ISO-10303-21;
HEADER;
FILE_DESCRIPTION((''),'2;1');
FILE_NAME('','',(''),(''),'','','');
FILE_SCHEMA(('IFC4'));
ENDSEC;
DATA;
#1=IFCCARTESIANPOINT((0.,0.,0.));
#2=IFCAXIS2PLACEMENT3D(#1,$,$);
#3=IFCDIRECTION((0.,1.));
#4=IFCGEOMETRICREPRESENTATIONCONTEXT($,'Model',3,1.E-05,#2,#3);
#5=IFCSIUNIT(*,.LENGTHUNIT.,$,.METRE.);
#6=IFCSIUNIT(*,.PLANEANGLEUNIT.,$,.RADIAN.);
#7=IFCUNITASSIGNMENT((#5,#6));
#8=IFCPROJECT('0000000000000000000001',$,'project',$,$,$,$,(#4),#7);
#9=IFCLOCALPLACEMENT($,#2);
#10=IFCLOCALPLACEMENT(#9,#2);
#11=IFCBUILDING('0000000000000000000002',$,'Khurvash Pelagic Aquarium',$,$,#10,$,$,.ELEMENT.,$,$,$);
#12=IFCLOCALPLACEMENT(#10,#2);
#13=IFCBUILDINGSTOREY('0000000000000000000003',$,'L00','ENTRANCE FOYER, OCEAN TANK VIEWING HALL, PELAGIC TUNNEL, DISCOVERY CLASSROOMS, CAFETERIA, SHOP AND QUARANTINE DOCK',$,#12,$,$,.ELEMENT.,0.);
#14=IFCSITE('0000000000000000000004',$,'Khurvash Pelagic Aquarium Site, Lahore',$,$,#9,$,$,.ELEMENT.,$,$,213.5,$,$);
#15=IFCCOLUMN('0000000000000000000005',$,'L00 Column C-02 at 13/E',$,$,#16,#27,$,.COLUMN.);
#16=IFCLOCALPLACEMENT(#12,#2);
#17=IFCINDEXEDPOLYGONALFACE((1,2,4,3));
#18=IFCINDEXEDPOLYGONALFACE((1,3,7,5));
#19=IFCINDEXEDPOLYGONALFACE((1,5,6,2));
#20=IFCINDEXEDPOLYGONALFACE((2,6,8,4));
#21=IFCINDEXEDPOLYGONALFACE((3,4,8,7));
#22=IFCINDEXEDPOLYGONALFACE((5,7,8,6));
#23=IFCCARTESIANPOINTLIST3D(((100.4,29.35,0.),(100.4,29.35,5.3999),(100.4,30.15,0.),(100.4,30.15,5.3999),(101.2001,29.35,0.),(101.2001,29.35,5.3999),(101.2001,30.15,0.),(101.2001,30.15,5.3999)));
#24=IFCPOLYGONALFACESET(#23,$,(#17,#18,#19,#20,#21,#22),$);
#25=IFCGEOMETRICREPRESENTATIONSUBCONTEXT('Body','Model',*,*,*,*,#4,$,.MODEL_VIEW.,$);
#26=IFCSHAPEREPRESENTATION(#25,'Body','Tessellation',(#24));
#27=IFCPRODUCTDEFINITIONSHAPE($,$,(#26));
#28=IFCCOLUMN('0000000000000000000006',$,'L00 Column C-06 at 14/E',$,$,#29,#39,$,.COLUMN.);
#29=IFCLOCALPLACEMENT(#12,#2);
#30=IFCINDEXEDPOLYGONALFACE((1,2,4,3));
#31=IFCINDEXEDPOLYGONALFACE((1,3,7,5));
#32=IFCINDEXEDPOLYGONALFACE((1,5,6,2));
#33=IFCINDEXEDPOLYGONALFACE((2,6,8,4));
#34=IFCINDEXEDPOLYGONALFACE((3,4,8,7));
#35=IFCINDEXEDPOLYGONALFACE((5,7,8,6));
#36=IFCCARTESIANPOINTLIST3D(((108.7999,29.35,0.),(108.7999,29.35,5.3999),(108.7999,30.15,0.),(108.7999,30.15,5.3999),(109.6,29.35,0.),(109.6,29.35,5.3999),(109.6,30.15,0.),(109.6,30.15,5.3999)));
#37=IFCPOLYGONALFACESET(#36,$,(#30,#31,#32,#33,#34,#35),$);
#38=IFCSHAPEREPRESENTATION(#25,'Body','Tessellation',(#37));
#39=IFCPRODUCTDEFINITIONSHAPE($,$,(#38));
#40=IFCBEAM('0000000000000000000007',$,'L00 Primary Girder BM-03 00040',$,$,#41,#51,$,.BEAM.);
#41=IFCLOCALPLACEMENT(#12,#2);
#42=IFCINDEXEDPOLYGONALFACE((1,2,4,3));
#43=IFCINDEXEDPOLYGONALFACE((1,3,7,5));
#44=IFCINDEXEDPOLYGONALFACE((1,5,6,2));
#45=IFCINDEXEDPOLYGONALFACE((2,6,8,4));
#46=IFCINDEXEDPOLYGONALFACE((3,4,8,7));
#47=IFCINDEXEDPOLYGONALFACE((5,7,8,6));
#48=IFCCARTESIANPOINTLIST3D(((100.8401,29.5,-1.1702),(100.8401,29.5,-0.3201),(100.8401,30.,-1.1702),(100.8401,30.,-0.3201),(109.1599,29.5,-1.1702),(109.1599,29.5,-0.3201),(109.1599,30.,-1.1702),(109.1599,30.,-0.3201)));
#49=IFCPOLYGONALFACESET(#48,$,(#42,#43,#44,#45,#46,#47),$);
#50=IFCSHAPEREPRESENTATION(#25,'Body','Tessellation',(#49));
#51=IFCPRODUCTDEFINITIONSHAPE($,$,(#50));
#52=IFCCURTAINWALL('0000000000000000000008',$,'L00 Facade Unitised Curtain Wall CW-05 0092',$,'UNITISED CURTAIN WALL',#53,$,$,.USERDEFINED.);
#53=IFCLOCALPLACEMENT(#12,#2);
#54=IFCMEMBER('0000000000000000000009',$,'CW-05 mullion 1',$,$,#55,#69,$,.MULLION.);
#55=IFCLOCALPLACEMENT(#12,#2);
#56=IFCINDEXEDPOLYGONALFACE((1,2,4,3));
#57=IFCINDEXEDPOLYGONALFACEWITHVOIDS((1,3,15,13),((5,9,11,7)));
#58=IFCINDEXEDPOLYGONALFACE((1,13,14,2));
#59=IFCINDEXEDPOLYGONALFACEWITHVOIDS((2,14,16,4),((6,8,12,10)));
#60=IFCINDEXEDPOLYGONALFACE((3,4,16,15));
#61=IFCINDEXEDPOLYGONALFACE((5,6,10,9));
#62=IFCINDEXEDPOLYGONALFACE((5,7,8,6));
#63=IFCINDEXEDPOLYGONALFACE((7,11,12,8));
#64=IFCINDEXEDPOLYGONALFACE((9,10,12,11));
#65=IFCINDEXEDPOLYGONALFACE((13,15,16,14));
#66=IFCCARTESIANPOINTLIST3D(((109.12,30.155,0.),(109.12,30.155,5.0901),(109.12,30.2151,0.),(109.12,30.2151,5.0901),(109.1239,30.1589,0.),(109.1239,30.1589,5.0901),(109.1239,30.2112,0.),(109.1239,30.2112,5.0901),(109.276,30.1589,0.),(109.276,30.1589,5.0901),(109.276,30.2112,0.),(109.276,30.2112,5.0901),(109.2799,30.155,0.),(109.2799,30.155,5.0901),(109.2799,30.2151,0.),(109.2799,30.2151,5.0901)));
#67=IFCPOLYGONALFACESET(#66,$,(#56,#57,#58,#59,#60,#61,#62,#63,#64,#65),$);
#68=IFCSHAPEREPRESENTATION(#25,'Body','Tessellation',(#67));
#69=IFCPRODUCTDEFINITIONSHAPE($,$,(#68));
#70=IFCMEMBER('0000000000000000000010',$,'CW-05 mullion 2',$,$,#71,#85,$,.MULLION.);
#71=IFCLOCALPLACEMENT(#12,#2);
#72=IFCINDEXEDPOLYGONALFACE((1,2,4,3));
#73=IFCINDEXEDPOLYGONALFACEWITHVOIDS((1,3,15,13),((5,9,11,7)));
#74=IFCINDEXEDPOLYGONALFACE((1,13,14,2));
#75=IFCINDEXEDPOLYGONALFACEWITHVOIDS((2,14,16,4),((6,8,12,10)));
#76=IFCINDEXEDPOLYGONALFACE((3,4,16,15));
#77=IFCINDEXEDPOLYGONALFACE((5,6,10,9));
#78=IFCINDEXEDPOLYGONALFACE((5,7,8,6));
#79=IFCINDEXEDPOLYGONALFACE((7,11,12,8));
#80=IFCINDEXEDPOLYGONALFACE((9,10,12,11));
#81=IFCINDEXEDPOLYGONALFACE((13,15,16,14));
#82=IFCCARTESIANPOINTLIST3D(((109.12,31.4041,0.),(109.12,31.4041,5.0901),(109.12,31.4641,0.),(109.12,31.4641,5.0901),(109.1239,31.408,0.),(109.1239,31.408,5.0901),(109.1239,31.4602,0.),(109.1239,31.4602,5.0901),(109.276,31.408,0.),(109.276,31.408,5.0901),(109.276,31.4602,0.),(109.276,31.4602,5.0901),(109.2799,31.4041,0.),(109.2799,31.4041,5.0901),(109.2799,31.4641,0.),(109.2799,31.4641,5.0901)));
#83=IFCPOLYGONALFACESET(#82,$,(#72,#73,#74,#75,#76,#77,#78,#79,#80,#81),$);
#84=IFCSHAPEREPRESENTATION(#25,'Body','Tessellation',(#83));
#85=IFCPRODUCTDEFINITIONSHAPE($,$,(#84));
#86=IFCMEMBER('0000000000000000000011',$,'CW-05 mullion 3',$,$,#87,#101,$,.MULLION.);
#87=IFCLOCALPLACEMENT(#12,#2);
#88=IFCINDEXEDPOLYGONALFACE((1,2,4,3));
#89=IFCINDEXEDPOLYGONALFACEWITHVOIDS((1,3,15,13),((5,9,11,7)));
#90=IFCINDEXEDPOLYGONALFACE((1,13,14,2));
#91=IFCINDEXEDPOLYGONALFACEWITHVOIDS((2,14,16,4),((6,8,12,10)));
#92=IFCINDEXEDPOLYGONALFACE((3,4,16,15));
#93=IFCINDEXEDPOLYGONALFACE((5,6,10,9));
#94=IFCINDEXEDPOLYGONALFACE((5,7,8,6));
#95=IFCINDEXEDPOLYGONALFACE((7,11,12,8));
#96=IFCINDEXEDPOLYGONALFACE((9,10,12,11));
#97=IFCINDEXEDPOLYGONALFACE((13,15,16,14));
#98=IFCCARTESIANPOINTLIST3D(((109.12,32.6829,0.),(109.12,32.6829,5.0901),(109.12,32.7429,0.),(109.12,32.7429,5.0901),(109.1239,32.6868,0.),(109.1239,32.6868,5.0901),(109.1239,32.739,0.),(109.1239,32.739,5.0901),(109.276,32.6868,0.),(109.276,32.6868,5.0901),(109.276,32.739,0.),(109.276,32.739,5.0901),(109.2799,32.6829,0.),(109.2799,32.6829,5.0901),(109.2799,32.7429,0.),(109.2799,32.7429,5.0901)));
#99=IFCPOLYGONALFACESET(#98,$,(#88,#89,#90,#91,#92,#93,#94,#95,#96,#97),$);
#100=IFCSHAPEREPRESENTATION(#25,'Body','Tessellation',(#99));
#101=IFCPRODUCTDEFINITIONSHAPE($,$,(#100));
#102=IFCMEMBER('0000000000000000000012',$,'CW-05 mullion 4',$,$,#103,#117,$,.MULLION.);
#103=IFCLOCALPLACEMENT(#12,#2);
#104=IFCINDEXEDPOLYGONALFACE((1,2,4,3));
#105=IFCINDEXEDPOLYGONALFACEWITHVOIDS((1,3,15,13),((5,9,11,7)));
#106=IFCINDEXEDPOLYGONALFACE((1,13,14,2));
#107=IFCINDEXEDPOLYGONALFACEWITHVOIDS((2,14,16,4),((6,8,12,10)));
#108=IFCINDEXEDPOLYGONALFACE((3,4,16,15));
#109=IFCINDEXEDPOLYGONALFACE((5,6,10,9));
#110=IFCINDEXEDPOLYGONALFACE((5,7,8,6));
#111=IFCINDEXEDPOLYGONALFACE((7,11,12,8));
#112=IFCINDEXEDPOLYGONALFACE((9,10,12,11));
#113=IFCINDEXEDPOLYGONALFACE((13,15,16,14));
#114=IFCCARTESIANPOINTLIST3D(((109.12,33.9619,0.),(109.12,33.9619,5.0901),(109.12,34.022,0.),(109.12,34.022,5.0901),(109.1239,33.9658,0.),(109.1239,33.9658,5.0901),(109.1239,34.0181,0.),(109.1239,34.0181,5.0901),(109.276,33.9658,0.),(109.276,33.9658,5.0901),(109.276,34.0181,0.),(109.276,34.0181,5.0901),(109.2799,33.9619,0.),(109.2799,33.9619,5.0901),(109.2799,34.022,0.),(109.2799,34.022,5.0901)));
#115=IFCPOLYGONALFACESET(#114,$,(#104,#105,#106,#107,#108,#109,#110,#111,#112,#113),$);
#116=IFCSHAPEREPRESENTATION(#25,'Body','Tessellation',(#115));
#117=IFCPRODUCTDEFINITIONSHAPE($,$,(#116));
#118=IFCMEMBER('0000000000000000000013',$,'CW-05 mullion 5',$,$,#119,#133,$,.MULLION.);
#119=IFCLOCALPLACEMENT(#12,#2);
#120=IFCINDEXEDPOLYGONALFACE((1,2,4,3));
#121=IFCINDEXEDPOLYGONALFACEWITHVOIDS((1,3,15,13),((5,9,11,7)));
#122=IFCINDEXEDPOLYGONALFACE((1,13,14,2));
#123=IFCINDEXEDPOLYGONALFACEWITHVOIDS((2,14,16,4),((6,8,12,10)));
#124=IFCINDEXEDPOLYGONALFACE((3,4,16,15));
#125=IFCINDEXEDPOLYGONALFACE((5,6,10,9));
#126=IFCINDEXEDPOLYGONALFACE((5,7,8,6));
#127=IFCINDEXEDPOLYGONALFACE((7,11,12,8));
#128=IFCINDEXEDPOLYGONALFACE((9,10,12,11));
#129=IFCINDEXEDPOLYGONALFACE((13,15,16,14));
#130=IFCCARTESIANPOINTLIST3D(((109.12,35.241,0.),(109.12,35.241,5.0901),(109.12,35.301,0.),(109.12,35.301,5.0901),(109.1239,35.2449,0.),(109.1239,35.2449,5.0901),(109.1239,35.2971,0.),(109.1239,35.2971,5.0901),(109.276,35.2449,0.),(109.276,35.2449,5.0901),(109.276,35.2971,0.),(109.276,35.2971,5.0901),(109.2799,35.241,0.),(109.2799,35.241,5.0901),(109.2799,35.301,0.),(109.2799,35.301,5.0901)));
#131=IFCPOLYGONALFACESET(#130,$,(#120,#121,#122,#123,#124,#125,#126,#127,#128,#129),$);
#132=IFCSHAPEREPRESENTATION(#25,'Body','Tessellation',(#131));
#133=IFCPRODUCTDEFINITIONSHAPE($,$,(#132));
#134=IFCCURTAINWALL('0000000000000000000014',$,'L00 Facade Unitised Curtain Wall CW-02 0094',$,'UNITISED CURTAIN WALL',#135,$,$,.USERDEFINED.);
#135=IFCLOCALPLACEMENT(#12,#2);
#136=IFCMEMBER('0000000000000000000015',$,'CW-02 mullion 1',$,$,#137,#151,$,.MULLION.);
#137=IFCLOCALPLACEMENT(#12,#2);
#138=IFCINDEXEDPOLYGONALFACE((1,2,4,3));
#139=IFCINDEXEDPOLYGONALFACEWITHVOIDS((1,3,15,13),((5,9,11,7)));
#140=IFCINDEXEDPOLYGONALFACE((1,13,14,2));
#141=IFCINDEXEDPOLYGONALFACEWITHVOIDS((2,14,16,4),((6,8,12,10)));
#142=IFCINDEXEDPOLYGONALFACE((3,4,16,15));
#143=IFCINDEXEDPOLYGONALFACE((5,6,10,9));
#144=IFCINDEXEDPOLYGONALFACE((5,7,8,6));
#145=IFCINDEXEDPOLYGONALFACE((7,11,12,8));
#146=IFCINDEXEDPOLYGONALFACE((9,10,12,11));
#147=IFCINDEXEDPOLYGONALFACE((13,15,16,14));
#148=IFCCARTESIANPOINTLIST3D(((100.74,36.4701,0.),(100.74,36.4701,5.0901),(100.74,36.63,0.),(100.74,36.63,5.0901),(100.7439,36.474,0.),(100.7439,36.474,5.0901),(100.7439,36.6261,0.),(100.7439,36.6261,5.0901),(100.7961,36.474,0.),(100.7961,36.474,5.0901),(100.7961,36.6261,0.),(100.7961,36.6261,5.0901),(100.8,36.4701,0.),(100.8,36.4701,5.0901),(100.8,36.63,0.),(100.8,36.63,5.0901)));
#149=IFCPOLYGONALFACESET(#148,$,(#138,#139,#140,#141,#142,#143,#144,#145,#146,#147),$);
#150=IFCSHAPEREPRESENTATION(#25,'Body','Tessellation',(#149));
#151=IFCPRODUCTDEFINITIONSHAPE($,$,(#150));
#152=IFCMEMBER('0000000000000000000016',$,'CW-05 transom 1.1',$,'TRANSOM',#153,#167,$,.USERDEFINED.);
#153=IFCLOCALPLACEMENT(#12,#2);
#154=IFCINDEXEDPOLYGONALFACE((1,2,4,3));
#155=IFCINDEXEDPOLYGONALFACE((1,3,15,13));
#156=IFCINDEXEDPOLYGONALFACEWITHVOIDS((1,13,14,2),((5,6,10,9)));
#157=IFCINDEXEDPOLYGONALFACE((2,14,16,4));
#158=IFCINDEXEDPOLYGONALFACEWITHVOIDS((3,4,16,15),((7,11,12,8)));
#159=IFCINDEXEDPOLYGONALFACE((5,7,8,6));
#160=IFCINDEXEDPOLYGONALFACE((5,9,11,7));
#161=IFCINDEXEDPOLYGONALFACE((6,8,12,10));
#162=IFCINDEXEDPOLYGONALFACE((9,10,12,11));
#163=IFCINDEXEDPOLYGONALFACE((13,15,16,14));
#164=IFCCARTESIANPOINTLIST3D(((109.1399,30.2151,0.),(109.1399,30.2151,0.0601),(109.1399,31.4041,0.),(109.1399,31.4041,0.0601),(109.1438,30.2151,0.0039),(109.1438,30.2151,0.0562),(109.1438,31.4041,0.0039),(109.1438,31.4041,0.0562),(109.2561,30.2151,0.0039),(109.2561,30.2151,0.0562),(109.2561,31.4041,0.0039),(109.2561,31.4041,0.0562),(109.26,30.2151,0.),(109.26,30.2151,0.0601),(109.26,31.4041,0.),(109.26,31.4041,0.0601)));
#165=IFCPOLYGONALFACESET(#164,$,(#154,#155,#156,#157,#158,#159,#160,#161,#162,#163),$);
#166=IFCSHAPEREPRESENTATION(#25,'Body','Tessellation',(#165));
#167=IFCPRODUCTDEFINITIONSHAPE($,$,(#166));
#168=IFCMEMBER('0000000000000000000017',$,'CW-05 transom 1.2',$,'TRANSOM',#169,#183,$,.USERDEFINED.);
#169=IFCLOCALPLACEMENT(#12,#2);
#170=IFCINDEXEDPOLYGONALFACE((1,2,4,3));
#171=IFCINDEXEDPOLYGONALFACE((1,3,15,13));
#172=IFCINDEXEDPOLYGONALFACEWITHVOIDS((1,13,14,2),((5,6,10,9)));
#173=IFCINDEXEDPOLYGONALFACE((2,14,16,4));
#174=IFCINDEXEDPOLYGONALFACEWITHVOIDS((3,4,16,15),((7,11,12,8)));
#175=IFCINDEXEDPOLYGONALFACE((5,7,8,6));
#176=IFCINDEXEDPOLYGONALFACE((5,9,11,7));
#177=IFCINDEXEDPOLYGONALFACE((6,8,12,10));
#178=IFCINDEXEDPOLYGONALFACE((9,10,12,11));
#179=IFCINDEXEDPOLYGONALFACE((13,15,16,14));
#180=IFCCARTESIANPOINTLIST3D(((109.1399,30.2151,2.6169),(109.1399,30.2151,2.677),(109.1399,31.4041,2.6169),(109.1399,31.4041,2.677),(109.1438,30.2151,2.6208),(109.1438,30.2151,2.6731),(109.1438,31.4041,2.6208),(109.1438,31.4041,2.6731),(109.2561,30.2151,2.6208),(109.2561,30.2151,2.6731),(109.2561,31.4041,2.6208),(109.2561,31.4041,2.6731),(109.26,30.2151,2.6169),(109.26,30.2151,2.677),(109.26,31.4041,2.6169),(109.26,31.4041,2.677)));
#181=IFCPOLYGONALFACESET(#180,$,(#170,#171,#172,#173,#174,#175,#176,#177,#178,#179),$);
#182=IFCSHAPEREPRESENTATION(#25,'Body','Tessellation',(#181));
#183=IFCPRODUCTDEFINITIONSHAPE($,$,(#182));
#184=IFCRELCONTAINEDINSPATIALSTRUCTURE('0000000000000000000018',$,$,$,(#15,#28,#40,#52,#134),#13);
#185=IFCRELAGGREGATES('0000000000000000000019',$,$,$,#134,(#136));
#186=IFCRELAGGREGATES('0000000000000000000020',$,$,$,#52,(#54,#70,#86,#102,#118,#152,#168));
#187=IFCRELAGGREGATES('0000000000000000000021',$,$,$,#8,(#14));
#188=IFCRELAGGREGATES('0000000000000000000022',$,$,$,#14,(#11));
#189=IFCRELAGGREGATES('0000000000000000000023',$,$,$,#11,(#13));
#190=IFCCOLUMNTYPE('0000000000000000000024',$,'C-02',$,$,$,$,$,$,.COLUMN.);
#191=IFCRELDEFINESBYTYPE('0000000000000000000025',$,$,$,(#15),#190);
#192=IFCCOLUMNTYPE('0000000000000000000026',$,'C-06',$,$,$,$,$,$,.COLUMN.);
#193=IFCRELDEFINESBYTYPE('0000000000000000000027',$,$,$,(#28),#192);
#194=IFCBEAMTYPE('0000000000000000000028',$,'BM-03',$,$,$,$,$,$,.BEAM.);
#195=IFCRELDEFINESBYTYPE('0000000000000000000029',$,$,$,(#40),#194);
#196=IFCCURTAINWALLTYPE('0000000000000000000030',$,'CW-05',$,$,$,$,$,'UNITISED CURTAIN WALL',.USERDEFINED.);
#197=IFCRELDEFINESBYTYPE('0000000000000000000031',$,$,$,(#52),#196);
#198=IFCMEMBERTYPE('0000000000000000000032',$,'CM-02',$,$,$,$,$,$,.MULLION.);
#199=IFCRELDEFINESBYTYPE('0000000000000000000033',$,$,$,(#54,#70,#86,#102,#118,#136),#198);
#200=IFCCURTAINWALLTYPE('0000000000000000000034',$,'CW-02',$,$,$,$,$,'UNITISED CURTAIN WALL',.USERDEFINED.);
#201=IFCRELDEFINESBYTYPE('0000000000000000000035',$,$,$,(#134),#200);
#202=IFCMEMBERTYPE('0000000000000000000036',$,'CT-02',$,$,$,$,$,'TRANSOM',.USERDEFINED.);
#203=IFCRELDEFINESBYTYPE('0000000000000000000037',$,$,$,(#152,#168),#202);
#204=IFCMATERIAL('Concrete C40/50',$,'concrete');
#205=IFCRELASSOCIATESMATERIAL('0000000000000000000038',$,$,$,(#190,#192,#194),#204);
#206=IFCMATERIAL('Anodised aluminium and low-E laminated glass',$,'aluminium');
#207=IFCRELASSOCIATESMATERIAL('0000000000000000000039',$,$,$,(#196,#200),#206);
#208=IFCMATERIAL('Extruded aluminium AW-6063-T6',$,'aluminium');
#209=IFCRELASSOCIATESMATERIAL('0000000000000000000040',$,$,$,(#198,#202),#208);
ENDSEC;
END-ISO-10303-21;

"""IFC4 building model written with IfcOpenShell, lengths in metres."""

from ifc_helpers import new_model, si_unit, direction, frame, origin, origin_2d, place, context, subcontext, project, spatial, rectangle, hollow_rectangle, extrude, material, material_profile, profile_set, type_object, element, aggregate, save


model = new_model("IFC4")

# Units and contexts
model_context = context("Model", 3, precision=1e-05, world=origin(), true_north=direction((0.0, 1.0)))
body_context = subcontext(model_context, "Body", "Model", "MODEL_VIEW")
ifc_project = project(units=[si_unit("LENGTHUNIT", "METRE"), si_unit("PLANEANGLEUNIT", "RADIAN")], contexts=[model_context])

# Site, building, storey
site_placement = place(None, origin())
site = spatial("IfcSite", under=ifc_project, at=site_placement, Name="Khurvash Pelagic Aquarium Site, Lahore", CompositionType="ELEMENT", RefElevation=213.5)
building_placement = place(site_placement, origin())
building = spatial("IfcBuilding", under=site, at=building_placement, Name="Khurvash Pelagic Aquarium", CompositionType="ELEMENT")
storey_placement = place(building_placement, origin())
storey = spatial("IfcBuildingStorey", under=building, at=storey_placement, Name="L00", Description="ENTRANCE FOYER, OCEAN TANK VIEWING HALL, PELAGIC TUNNEL, DISCOVERY CLASSROOMS, CAFETERIA, SHOP AND QUARANTINE DOCK", CompositionType="ELEMENT", Elevation=0.0)

# Columns
ifc_material_1 = material(Name="Concrete C40/50", Category="concrete")
ifc_material_profile_1 = material_profile(ifc_material_1, rectangle(XDim=0.8, YDim=0.8, at=origin_2d()), Name="RC800X800")
ifc_profile_set_1 = profile_set([ifc_material_profile_1], Name="Concrete C40/50")
column_type_1 = type_object("IfcColumnType", Name="C-02", PredefinedType="COLUMN", material=ifc_profile_set_1)
column_1_placement = place(storey_placement, frame((100.8, 29.75, 0.0), z_axis=(0.0, 0.0, 1.0), x_axis=(1.0, 0.0, 0.0)))
element("IfcColumn", 1, at=column_1_placement, inside=storey, type_object=column_type_1, Name="L00 Column C-02 at 13/E", PredefinedType="COLUMN", context=body_context, shape_type="SweptSolid", body=[
    extrude(rectangle(XDim=0.8, YDim=0.8, at=origin_2d()), origin(), (0.0, 0.0, 1.0), 5.3999),
])
ifc_material_profile_2 = material_profile(ifc_material_1, rectangle(XDim=0.8, YDim=0.8, at=origin_2d()), Name="RC800X800")
ifc_profile_set_2 = profile_set([ifc_material_profile_2], Name="Concrete C40/50")
column_type_2 = type_object("IfcColumnType", Name="C-06", PredefinedType="COLUMN", material=ifc_profile_set_2)
column_2_placement = place(storey_placement, frame((109.2, 29.75, 0.0), z_axis=(0.0, 0.0, 1.0), x_axis=(1.0, 0.0, 0.0)))
element("IfcColumn", 2, at=column_2_placement, inside=storey, type_object=column_type_2, Name="L00 Column C-06 at 14/E", PredefinedType="COLUMN", context=body_context, shape_type="SweptSolid", body=[
    extrude(rectangle(XDim=0.8, YDim=0.8, at=origin_2d()), origin(), (0.0, 0.0, 1.0), 5.3999),
])

# Beam
ifc_material_profile_3 = material_profile(ifc_material_1, rectangle(XDim=0.5, YDim=0.8501, at=origin_2d()), Name="RC500X850")
ifc_profile_set_3 = profile_set([ifc_material_profile_3], Name="Concrete C40/50")
beam_type_1 = type_object("IfcBeamType", Name="BM-03", PredefinedType="BEAM", material=ifc_profile_set_3)
beam_placement = place(storey_placement, frame((100.8401, 29.75, -0.7451), z_axis=(1.0, 0.0, 0.0), x_axis=(0.0, 1.0, 0.0)))
element("IfcBeam", 3, at=beam_placement, inside=storey, type_object=beam_type_1, Name="L00 Primary Girder BM-03 00040", PredefinedType="BEAM", context=body_context, shape_type="SweptSolid", body=[
    extrude(rectangle(XDim=0.5, YDim=0.8501, at=origin_2d()), origin(), (0.0, 0.0, 1.0), 8.3198),
])

# Curtain wall, members
ifc_material_2 = material(Name="Anodised aluminium and low-E laminated glass", Category="aluminium")
curtain_wall_type_1 = type_object("IfcCurtainWallType", Name="CW-05", ElementType="UNITISED CURTAIN WALL", PredefinedType="USERDEFINED", material=ifc_material_2)
curtain_wall_1_placement = place(storey_placement, origin())
curtain_wall_1 = element("IfcCurtainWall", 4, at=curtain_wall_1_placement, inside=storey, type_object=curtain_wall_type_1, Name="L00 Facade Unitised Curtain Wall CW-05 0092", ObjectType="UNITISED CURTAIN WALL", PredefinedType="USERDEFINED")
ifc_material_3 = material(Name="Extruded aluminium AW-6063-T6", Category="aluminium")
ifc_material_profile_4 = material_profile(ifc_material_3, hollow_rectangle(XDim=0.0601, YDim=0.1599, WallThickness=0.0039, at=origin_2d()), Name="CWM60X160X4")
ifc_profile_set_4 = profile_set([ifc_material_profile_4], Name="Extruded aluminium AW-6063-T6")
member_type_1 = type_object("IfcMemberType", Name="CM-02", PredefinedType="MULLION", material=ifc_profile_set_4)
member_1_placement = place(storey_placement, frame((109.2, 30.1851, 0.0), z_axis=(0.0, 0.0, 1.0), x_axis=(0.0, 1.0, 0.0)))
member_1 = element("IfcMember", 5, at=member_1_placement, type_object=member_type_1, Name="CW-05 mullion 1", PredefinedType="MULLION", context=body_context, shape_type="SweptSolid", body=[
    extrude(hollow_rectangle(XDim=0.0601, YDim=0.1599, WallThickness=0.0039, at=origin_2d()), origin(), (0.0, 0.0, 1.0), 5.0901),
])
member_2_placement = place(storey_placement, frame((109.2, 31.4341, 0.0), z_axis=(0.0, 0.0, 1.0), x_axis=(0.0, 1.0, 0.0)))
member_2 = element("IfcMember", 6, at=member_2_placement, type_object=member_type_1, Name="CW-05 mullion 2", PredefinedType="MULLION", context=body_context, shape_type="SweptSolid", body=[
    extrude(hollow_rectangle(XDim=0.0601, YDim=0.1599, WallThickness=0.0039, at=origin_2d()), origin(), (0.0, 0.0, 1.0), 5.0901),
])
member_3_placement = place(storey_placement, frame((109.2, 32.7129, 0.0), z_axis=(0.0, 0.0, 1.0), x_axis=(0.0, 1.0, 0.0)))
member_3 = element("IfcMember", 7, at=member_3_placement, type_object=member_type_1, Name="CW-05 mullion 3", PredefinedType="MULLION", context=body_context, shape_type="SweptSolid", body=[
    extrude(hollow_rectangle(XDim=0.0601, YDim=0.1599, WallThickness=0.0039, at=origin_2d()), origin(), (0.0, 0.0, 1.0), 5.0901),
])
member_4_placement = place(storey_placement, frame((109.2, 33.9919, 0.0), z_axis=(0.0, 0.0, 1.0), x_axis=(0.0, 1.0, 0.0)))
member_4 = element("IfcMember", 8, at=member_4_placement, type_object=member_type_1, Name="CW-05 mullion 4", PredefinedType="MULLION", context=body_context, shape_type="SweptSolid", body=[
    extrude(hollow_rectangle(XDim=0.0601, YDim=0.1599, WallThickness=0.0039, at=origin_2d()), origin(), (0.0, 0.0, 1.0), 5.0901),
])
member_5_placement = place(storey_placement, frame((109.2, 35.271, 0.0), z_axis=(0.0, 0.0, 1.0), x_axis=(0.0, 1.0, 0.0)))
member_5 = element("IfcMember", 9, at=member_5_placement, type_object=member_type_1, Name="CW-05 mullion 5", PredefinedType="MULLION", context=body_context, shape_type="SweptSolid", body=[
    extrude(hollow_rectangle(XDim=0.0601, YDim=0.1599, WallThickness=0.0039, at=origin_2d()), origin(), (0.0, 0.0, 1.0), 5.0901),
])

# Curtain wall, member
curtain_wall_type_2 = type_object("IfcCurtainWallType", Name="CW-02", ElementType="UNITISED CURTAIN WALL", PredefinedType="USERDEFINED", material=ifc_material_2)
curtain_wall_2_placement = place(storey_placement, origin())
curtain_wall_2 = element("IfcCurtainWall", 10, at=curtain_wall_2_placement, inside=storey, type_object=curtain_wall_type_2, Name="L00 Facade Unitised Curtain Wall CW-02 0094", ObjectType="UNITISED CURTAIN WALL", PredefinedType="USERDEFINED")
member_6_placement = place(storey_placement, frame((100.77, 36.55, 0.0), z_axis=(0.0, 0.0, 1.0), x_axis=(-1.0, 0.0, 0.0)))
member_6 = element("IfcMember", 11, at=member_6_placement, type_object=member_type_1, Name="CW-02 mullion 1", PredefinedType="MULLION", context=body_context, shape_type="SweptSolid", body=[
    extrude(hollow_rectangle(XDim=0.0601, YDim=0.1599, WallThickness=0.0039, at=origin_2d()), origin(), (0.0, 0.0, 1.0), 5.0901),
])

# Members
ifc_material_profile_5 = material_profile(ifc_material_3, hollow_rectangle(XDim=0.1201, YDim=0.0601, WallThickness=0.0039, at=origin_2d()), Name="CWT120X60X4")
ifc_profile_set_5 = profile_set([ifc_material_profile_5], Name="Extruded aluminium AW-6063-T6")
member_type_2 = type_object("IfcMemberType", Name="CT-02", ElementType="TRANSOM", PredefinedType="USERDEFINED", material=ifc_profile_set_5)
member_7_placement = place(storey_placement, frame((109.2, 30.2151, 0.03), z_axis=(0.0, 1.0, 0.0), x_axis=(-1.0, 0.0, 0.0)))
member_7 = element("IfcMember", 12, at=member_7_placement, type_object=member_type_2, Name="CW-05 transom 1.1", ObjectType="TRANSOM", PredefinedType="USERDEFINED", context=body_context, shape_type="SweptSolid", body=[
    extrude(hollow_rectangle(XDim=0.1201, YDim=0.0601, WallThickness=0.0039, at=origin_2d()), origin(), (0.0, 0.0, 1.0), 1.189),
])
member_8_placement = place(storey_placement, frame((109.2, 30.2151, 2.647), z_axis=(0.0, 1.0, 0.0), x_axis=(-1.0, 0.0, 0.0)))
member_8 = element("IfcMember", 13, at=member_8_placement, type_object=member_type_2, Name="CW-05 transom 1.2", ObjectType="TRANSOM", PredefinedType="USERDEFINED", context=body_context, shape_type="SweptSolid", body=[
    extrude(hollow_rectangle(XDim=0.1201, YDim=0.0601, WallThickness=0.0039, at=origin_2d()), origin(), (0.0, 0.0, 1.0), 1.189),
])

aggregate(curtain_wall_2, [member_6])
aggregate(curtain_wall_1, [member_1, member_2, member_3, member_4, member_5, member_7, member_8])

save(model, "model.ifc")
